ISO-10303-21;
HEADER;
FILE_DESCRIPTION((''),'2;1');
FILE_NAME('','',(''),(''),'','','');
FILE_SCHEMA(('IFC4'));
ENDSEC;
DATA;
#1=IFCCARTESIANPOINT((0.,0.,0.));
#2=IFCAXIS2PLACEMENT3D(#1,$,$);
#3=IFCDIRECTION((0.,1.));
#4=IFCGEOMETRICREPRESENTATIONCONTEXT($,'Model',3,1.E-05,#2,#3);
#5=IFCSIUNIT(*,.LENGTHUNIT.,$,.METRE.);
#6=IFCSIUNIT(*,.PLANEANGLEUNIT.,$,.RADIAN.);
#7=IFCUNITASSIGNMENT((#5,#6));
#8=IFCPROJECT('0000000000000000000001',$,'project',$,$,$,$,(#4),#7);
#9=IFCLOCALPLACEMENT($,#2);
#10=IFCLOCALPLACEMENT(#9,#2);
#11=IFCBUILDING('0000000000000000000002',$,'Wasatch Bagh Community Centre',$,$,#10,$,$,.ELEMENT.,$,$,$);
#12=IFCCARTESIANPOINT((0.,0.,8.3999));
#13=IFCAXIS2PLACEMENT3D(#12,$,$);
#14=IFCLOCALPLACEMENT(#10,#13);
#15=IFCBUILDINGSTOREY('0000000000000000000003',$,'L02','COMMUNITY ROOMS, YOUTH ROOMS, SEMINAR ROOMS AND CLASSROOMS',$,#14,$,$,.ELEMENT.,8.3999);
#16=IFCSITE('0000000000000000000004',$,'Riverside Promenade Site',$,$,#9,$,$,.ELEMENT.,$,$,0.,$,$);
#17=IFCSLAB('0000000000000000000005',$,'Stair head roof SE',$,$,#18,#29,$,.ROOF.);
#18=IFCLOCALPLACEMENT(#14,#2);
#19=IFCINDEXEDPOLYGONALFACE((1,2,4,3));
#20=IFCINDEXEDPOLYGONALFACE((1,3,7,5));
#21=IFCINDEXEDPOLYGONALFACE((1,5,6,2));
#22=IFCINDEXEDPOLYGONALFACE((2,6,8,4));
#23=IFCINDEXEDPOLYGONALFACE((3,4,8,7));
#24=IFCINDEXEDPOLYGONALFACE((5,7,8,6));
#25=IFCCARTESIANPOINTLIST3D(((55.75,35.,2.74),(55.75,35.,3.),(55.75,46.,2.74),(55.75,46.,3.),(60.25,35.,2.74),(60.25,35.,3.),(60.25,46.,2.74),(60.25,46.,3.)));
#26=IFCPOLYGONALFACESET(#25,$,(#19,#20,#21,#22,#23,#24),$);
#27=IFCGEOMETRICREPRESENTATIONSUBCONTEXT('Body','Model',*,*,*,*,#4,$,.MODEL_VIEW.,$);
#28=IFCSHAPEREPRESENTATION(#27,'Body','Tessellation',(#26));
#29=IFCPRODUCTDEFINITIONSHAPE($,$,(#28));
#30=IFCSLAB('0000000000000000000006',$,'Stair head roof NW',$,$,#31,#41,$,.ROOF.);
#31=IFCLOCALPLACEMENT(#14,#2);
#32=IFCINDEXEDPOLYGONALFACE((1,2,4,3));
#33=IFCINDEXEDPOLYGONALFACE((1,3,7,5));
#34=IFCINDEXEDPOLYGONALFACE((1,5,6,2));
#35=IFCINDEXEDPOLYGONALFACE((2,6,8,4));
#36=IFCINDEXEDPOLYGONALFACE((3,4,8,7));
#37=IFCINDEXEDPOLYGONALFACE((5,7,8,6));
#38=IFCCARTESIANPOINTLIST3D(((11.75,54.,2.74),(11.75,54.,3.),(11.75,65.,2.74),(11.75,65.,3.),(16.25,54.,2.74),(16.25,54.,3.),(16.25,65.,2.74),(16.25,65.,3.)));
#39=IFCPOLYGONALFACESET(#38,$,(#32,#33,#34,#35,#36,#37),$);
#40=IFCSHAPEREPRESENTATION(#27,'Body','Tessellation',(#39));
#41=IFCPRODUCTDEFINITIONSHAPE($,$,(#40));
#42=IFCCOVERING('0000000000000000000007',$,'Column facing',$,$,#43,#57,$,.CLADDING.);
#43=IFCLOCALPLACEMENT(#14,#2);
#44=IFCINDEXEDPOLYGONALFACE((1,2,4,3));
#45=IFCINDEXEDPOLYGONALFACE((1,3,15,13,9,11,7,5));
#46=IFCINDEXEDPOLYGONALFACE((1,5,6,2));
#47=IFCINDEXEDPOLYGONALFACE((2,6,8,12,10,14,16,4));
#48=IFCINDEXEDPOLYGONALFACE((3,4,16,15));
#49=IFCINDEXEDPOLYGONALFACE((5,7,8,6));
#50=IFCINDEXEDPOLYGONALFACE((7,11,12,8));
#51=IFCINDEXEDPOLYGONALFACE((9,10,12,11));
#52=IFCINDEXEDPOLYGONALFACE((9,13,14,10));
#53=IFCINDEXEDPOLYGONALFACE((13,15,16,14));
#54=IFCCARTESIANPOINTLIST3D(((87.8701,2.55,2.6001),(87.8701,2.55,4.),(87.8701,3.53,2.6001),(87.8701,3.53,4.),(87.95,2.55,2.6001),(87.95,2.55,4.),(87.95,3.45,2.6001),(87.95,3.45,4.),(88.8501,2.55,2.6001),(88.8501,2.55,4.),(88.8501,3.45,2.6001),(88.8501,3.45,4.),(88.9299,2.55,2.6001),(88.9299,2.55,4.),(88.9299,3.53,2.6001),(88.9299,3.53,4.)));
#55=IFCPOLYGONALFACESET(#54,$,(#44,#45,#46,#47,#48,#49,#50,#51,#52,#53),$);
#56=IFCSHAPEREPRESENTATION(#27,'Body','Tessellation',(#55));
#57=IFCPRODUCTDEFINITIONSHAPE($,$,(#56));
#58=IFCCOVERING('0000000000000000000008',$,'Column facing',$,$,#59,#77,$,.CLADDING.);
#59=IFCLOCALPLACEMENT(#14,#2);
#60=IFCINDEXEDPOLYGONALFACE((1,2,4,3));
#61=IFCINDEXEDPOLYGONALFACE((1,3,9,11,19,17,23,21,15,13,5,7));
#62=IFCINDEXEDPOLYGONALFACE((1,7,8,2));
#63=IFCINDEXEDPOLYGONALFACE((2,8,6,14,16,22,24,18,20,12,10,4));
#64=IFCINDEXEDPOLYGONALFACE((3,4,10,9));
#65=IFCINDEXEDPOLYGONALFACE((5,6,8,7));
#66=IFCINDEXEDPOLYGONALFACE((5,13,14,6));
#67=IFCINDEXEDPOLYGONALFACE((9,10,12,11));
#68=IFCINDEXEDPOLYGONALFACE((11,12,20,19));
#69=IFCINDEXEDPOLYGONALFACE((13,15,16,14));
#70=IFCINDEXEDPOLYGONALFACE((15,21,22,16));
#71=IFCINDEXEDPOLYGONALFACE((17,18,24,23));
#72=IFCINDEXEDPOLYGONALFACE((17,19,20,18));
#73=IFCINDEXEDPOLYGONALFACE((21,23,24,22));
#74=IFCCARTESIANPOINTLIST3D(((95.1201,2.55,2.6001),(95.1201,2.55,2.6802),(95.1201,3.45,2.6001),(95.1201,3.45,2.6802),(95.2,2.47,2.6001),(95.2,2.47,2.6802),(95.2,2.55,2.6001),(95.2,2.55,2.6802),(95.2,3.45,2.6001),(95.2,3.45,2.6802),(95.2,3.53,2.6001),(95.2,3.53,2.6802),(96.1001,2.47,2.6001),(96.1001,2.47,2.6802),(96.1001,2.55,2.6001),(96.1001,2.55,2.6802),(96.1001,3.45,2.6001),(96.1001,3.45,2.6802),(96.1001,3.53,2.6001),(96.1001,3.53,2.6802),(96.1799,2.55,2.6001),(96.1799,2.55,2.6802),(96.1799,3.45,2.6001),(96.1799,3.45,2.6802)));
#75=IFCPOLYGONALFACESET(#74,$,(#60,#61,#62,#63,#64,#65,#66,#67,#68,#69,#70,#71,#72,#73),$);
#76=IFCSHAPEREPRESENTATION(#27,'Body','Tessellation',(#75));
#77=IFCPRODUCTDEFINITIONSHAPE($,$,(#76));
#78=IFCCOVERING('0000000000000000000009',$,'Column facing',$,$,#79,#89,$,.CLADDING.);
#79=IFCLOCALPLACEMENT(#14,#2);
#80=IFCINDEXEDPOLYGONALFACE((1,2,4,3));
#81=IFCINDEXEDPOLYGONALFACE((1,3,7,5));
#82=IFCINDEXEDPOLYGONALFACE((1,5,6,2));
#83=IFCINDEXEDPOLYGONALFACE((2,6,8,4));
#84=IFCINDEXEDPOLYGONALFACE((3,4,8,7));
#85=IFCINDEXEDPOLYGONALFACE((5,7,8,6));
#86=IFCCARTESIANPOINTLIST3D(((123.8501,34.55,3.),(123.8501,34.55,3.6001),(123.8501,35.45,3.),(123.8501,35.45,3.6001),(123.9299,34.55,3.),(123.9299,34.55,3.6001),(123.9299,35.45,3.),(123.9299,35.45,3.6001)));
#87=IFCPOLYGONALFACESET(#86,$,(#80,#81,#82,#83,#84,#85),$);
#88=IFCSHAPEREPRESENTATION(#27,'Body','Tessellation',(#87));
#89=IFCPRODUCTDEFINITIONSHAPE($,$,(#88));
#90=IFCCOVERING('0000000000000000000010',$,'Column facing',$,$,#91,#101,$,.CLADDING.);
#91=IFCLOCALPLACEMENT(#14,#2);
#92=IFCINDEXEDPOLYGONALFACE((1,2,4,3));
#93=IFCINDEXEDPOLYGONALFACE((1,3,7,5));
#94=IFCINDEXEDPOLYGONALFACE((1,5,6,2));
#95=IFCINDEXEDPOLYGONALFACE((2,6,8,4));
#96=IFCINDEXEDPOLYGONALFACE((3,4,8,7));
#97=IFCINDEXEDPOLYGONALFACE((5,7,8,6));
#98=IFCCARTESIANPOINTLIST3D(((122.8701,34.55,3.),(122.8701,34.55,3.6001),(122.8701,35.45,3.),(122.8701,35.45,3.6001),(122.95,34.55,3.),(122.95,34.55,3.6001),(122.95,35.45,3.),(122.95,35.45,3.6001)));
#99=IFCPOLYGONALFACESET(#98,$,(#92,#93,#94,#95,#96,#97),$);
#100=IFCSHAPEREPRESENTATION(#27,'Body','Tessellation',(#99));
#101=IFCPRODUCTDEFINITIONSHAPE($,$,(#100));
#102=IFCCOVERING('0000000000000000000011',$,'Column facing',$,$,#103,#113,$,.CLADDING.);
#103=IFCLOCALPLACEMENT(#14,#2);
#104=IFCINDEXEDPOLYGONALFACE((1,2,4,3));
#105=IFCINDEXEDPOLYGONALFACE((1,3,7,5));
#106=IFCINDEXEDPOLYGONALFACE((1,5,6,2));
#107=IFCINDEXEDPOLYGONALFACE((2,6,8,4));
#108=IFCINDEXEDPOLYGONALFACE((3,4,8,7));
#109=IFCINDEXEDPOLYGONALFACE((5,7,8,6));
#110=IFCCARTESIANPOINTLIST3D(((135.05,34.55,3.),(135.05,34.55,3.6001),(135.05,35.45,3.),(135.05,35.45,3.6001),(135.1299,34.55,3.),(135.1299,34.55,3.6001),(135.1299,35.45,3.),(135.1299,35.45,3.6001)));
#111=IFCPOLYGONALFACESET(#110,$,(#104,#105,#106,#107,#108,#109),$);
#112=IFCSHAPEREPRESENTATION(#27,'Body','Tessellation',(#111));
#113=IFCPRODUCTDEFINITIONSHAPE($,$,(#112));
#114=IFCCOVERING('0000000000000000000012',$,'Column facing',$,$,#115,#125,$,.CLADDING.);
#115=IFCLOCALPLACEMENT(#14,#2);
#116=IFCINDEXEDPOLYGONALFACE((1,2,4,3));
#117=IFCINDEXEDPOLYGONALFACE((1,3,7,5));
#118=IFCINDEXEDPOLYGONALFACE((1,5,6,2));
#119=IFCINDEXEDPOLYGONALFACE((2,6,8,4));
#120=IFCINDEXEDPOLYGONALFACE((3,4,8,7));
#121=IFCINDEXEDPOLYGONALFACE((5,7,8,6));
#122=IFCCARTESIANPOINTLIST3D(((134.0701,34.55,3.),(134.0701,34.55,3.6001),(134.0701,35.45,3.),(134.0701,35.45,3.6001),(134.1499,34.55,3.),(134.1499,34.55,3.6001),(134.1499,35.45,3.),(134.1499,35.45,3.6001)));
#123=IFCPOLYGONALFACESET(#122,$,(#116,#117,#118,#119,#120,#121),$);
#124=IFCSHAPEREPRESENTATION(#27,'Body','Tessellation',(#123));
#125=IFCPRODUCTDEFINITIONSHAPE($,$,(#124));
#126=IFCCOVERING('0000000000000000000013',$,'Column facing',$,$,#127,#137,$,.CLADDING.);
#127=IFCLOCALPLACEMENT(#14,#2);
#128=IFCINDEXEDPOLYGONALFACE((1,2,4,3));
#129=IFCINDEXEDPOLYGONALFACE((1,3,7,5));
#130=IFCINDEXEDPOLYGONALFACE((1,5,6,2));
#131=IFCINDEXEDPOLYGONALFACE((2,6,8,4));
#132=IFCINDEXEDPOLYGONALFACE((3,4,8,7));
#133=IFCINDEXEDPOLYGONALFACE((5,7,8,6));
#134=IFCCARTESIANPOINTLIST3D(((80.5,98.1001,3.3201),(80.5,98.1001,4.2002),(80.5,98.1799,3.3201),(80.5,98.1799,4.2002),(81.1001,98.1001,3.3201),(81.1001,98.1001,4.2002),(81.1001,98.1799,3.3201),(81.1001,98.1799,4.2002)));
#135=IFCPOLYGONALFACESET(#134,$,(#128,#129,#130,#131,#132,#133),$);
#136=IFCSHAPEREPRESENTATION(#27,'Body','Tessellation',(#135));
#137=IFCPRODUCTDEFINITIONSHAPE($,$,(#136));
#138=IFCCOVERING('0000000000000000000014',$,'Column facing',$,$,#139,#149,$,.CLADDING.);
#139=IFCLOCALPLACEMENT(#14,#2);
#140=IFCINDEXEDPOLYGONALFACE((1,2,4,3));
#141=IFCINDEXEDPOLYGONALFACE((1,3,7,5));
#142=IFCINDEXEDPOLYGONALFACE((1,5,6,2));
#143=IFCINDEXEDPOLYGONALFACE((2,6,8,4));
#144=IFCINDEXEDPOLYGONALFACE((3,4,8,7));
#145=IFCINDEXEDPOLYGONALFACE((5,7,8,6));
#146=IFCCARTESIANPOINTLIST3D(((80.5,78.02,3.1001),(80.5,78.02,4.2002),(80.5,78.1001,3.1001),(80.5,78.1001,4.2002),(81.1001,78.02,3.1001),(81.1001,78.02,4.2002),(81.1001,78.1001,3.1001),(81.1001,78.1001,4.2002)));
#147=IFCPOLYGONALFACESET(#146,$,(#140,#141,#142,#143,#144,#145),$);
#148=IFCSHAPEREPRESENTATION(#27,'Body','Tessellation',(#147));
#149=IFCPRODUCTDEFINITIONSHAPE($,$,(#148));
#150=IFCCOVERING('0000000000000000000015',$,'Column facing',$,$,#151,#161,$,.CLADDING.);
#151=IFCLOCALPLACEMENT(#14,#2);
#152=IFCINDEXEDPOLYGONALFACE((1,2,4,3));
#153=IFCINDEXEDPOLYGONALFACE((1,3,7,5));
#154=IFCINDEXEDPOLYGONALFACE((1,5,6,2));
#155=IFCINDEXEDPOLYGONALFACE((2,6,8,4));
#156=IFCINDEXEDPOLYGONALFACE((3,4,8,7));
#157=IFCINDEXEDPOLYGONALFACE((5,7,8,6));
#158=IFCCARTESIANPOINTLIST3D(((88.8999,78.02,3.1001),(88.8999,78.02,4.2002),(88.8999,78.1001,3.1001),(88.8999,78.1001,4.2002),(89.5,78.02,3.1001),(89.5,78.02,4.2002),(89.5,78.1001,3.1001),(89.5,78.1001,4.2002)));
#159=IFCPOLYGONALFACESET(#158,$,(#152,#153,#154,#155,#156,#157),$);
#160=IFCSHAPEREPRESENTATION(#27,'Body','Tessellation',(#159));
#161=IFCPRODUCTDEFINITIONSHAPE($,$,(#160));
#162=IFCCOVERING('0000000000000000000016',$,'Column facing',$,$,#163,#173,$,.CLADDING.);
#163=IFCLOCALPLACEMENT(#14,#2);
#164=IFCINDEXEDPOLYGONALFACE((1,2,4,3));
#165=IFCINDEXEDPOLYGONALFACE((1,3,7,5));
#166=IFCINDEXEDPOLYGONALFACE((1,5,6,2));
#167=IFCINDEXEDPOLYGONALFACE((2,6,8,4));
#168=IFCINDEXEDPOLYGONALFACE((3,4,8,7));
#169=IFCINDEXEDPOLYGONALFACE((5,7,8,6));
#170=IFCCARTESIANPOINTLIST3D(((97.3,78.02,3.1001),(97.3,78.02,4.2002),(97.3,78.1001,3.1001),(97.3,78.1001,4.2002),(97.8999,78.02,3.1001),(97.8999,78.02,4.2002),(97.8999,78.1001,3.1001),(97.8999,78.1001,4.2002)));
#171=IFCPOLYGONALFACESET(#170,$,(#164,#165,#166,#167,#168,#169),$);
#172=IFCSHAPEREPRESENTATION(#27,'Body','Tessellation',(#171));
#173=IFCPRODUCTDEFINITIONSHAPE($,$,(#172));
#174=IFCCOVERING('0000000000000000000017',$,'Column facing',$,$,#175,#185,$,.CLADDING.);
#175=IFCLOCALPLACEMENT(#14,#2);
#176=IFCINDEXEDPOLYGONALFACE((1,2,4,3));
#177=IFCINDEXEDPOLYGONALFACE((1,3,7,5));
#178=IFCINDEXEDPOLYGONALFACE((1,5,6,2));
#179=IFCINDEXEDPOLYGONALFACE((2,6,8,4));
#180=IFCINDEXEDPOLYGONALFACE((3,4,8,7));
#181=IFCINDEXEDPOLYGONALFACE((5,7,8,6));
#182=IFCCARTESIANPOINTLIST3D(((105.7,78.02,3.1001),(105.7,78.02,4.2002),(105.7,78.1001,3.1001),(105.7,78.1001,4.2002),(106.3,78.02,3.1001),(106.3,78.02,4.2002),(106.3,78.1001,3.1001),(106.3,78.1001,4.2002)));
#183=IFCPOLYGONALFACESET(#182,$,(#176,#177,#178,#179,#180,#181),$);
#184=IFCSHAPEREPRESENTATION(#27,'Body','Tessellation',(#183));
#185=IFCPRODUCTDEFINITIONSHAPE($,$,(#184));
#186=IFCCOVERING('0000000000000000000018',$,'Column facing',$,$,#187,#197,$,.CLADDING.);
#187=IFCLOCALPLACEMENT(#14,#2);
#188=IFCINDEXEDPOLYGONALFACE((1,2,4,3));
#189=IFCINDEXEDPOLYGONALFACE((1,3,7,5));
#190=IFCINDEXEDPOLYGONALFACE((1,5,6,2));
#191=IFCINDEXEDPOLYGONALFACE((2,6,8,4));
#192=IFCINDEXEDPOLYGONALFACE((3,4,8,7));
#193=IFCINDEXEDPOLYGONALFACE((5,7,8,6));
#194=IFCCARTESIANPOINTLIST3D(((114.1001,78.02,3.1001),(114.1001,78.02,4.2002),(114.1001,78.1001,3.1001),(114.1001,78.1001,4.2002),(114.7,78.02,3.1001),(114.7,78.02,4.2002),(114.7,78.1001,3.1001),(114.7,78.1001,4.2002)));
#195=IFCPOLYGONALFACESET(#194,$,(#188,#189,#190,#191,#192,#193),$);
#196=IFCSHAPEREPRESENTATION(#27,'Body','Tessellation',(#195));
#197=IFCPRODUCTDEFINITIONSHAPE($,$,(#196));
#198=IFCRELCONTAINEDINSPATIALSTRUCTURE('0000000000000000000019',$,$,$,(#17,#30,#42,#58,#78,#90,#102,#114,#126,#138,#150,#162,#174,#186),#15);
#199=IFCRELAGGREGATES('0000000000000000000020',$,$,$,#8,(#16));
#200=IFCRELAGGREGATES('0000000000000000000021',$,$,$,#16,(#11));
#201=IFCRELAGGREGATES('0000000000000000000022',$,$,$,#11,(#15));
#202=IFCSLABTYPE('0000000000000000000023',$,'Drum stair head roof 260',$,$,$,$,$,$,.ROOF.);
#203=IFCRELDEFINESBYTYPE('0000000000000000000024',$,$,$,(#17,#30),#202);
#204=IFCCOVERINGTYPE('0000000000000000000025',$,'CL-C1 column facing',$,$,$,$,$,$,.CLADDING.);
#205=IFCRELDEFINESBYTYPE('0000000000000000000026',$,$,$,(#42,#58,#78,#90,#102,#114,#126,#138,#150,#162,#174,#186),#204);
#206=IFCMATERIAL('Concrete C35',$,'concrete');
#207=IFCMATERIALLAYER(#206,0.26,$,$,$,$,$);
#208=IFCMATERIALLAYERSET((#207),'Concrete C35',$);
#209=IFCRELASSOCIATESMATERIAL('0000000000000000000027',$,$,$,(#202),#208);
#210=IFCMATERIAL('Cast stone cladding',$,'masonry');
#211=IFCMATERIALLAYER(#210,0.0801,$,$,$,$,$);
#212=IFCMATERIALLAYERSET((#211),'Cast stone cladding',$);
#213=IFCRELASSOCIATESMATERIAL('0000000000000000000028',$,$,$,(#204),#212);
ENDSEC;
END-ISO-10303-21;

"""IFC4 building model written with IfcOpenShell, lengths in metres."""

from ifc_helpers import new_model, si_unit, direction, frame, origin, place, context, subcontext, project, spatial, polyline, outline, extrude, material, layer, layer_set, type_object, element, save


model = new_model("IFC4")

# Units and contexts
model_context = context("Model", 3, precision=1e-05, world=origin(), true_north=direction((0.0, 1.0)))
body_context = subcontext(model_context, "Body", "Model", "MODEL_VIEW")
ifc_project = project(units=[si_unit("LENGTHUNIT", "METRE"), si_unit("PLANEANGLEUNIT", "RADIAN")], contexts=[model_context])

# Site, building, storey
site_placement = place(None, origin())
site = spatial("IfcSite", under=ifc_project, at=site_placement, Name="Riverside Promenade Site", CompositionType="ELEMENT", RefElevation=0.0)
building_placement = place(site_placement, origin())
building = spatial("IfcBuilding", under=site, at=building_placement, Name="Wasatch Bagh Community Centre", CompositionType="ELEMENT")
storey_placement = place(building_placement, frame((0.0, 0.0, 8.3999)))
storey = spatial("IfcBuildingStorey", under=building, at=storey_placement, Name="L02", Description="COMMUNITY ROOMS, YOUTH ROOMS, SEMINAR ROOMS AND CLASSROOMS", CompositionType="ELEMENT", Elevation=8.3999)

# Slabs
ifc_material_1 = material(Name="Concrete C35", Category="concrete")
ifc_layer_1 = layer(ifc_material_1, 0.26)
ifc_layer_set_1 = layer_set([ifc_layer_1], Name="Concrete C35")
slab_type = type_object("IfcSlabType", Name="Drum stair head roof 260", PredefinedType="ROOF", material=ifc_layer_set_1)
slab_1_placement = place(storey_placement, frame((0.0, 0.0, 2.74)))
element("IfcSlab", 1, at=slab_1_placement, inside=storey, type_object=slab_type, Name="Stair head roof SE", PredefinedType="ROOF", context=body_context, shape_type="SweptSolid", body=[
    extrude(outline(polyline([(55.75, 35.0), (60.25, 35.0), (60.25, 46.0), (55.75, 46.0), (55.75, 35.0)])), origin(), (0.0, 0.0, 1.0), 0.26),
])
slab_2_placement = place(storey_placement, frame((0.0, 0.0, 2.74)))
element("IfcSlab", 2, at=slab_2_placement, inside=storey, type_object=slab_type, Name="Stair head roof NW", PredefinedType="ROOF", context=body_context, shape_type="SweptSolid", body=[
    extrude(outline(polyline([(16.25, 65.0), (11.75, 65.0), (11.75, 54.0), (16.25, 54.0), (16.25, 65.0)])), origin(), (0.0, 0.0, 1.0), 0.26),
])

# Coverings
ifc_material_2 = material(Name="Cast stone cladding", Category="masonry")
ifc_layer_2 = layer(ifc_material_2, 0.0801)
ifc_layer_set_2 = layer_set([ifc_layer_2], Name="Cast stone cladding")
covering_type = type_object("IfcCoveringType", Name="CL-C1 column facing", PredefinedType="CLADDING", material=ifc_layer_set_2)
covering_1_placement = place(storey_placement, frame((0.0, 0.0, 2.6001)))
element("IfcCovering", 3, at=covering_1_placement, inside=storey, type_object=covering_type, Name="Column facing", PredefinedType="CLADDING", context=body_context, shape_type="SweptSolid", body=[
    extrude(outline(polyline([(87.8701, 2.55), (87.8701, 3.53), (88.9299, 3.53), (88.9299, 2.55), (88.8501, 2.55), (88.8501, 3.45), (87.95, 3.45), (87.95, 2.55), (87.8701, 2.55)])), origin(), (0.0, 0.0, 1.0), 1.3999),
])
covering_2_placement = place(storey_placement, frame((0.0, 0.0, 2.6001)))
element("IfcCovering", 4, at=covering_2_placement, inside=storey, type_object=covering_type, Name="Column facing", PredefinedType="CLADDING", context=body_context, shape_type="SweptSolid", body=[
    extrude(outline(polyline([(96.1001, 2.47), (95.2, 2.47), (95.2, 2.55), (95.1201, 2.55), (95.1201, 3.45), (95.2, 3.45), (95.2, 3.53), (96.1001, 3.53), (96.1001, 3.45), (96.1799, 3.45), (96.1799, 2.55), (96.1001, 2.55), (96.1001, 2.47)])), origin(), (0.0, 0.0, 1.0), 0.0801),
])
covering_3_placement = place(storey_placement, frame((0.0, 0.0, 3.0)))
element("IfcCovering", 5, at=covering_3_placement, inside=storey, type_object=covering_type, Name="Column facing", PredefinedType="CLADDING", context=body_context, shape_type="SweptSolid", body=[
    extrude(outline(polyline([(123.8501, 35.45), (123.9299, 35.45), (123.9299, 34.55), (123.8501, 34.55), (123.8501, 35.45)])), origin(), (0.0, 0.0, 1.0), 0.6001),
])
covering_4_placement = place(storey_placement, frame((0.0, 0.0, 3.0)))
element("IfcCovering", 6, at=covering_4_placement, inside=storey, type_object=covering_type, Name="Column facing", PredefinedType="CLADDING", context=body_context, shape_type="SweptSolid", body=[
    extrude(outline(polyline([(122.95, 34.55), (122.8701, 34.55), (122.8701, 35.45), (122.95, 35.45), (122.95, 34.55)])), origin(), (0.0, 0.0, 1.0), 0.6001),
])
covering_5_placement = place(storey_placement, frame((0.0, 0.0, 3.0)))
element("IfcCovering", 7, at=covering_5_placement, inside=storey, type_object=covering_type, Name="Column facing", PredefinedType="CLADDING", context=body_context, shape_type="SweptSolid", body=[
    extrude(outline(polyline([(135.05, 35.45), (135.1299, 35.45), (135.1299, 34.55), (135.05, 34.55), (135.05, 35.45)])), origin(), (0.0, 0.0, 1.0), 0.6001),
])
covering_6_placement = place(storey_placement, frame((0.0, 0.0, 3.0)))
element("IfcCovering", 8, at=covering_6_placement, inside=storey, type_object=covering_type, Name="Column facing", PredefinedType="CLADDING", context=body_context, shape_type="SweptSolid", body=[
    extrude(outline(polyline([(134.1499, 34.55), (134.0701, 34.55), (134.0701, 35.45), (134.1499, 35.45), (134.1499, 34.55)])), origin(), (0.0, 0.0, 1.0), 0.6001),
])
covering_7_placement = place(storey_placement, frame((0.0, 0.0, 3.3201)))
element("IfcCovering", 9, at=covering_7_placement, inside=storey, type_object=covering_type, Name="Column facing", PredefinedType="CLADDING", context=body_context, shape_type="SweptSolid", body=[
    extrude(outline(polyline([(81.1001, 98.1001), (80.5, 98.1001), (80.5, 98.1799), (81.1001, 98.1799), (81.1001, 98.1001)])), origin(), (0.0, 0.0, 1.0), 0.8801),
])
covering_8_placement = place(storey_placement, frame((0.0, 0.0, 3.1001)))
element("IfcCovering", 10, at=covering_8_placement, inside=storey, type_object=covering_type, Name="Column facing", PredefinedType="CLADDING", context=body_context, shape_type="SweptSolid", body=[
    extrude(outline(polyline([(80.5, 78.1001), (81.1001, 78.1001), (81.1001, 78.02), (80.5, 78.02), (80.5, 78.1001)])), origin(), (0.0, 0.0, 1.0), 1.1001),
])
covering_9_placement = place(storey_placement, frame((0.0, 0.0, 3.1001)))
element("IfcCovering", 11, at=covering_9_placement, inside=storey, type_object=covering_type, Name="Column facing", PredefinedType="CLADDING", context=body_context, shape_type="SweptSolid", body=[
    extrude(outline(polyline([(88.8999, 78.1001), (89.5, 78.1001), (89.5, 78.02), (88.8999, 78.02), (88.8999, 78.1001)])), origin(), (0.0, 0.0, 1.0), 1.1001),
])
covering_10_placement = place(storey_placement, frame((0.0, 0.0, 3.1001)))
element("IfcCovering", 12, at=covering_10_placement, inside=storey, type_object=covering_type, Name="Column facing", PredefinedType="CLADDING", context=body_context, shape_type="SweptSolid", body=[
    extrude(outline(polyline([(97.3, 78.1001), (97.8999, 78.1001), (97.8999, 78.02), (97.3, 78.02), (97.3, 78.1001)])), origin(), (0.0, 0.0, 1.0), 1.1001),
])
covering_11_placement = place(storey_placement, frame((0.0, 0.0, 3.1001)))
element("IfcCovering", 13, at=covering_11_placement, inside=storey, type_object=covering_type, Name="Column facing", PredefinedType="CLADDING", context=body_context, shape_type="SweptSolid", body=[
    extrude(outline(polyline([(105.7, 78.1001), (106.3, 78.1001), (106.3, 78.02), (105.7, 78.02), (105.7, 78.1001)])), origin(), (0.0, 0.0, 1.0), 1.1001),
])
covering_12_placement = place(storey_placement, frame((0.0, 0.0, 3.1001)))
element("IfcCovering", 14, at=covering_12_placement, inside=storey, type_object=covering_type, Name="Column facing", PredefinedType="CLADDING", context=body_context, shape_type="SweptSolid", body=[
    extrude(outline(polyline([(114.1001, 78.1001), (114.7, 78.1001), (114.7, 78.02), (114.1001, 78.02), (114.1001, 78.1001)])), origin(), (0.0, 0.0, 1.0), 1.1001),
])

save(model, "model.ifc")
